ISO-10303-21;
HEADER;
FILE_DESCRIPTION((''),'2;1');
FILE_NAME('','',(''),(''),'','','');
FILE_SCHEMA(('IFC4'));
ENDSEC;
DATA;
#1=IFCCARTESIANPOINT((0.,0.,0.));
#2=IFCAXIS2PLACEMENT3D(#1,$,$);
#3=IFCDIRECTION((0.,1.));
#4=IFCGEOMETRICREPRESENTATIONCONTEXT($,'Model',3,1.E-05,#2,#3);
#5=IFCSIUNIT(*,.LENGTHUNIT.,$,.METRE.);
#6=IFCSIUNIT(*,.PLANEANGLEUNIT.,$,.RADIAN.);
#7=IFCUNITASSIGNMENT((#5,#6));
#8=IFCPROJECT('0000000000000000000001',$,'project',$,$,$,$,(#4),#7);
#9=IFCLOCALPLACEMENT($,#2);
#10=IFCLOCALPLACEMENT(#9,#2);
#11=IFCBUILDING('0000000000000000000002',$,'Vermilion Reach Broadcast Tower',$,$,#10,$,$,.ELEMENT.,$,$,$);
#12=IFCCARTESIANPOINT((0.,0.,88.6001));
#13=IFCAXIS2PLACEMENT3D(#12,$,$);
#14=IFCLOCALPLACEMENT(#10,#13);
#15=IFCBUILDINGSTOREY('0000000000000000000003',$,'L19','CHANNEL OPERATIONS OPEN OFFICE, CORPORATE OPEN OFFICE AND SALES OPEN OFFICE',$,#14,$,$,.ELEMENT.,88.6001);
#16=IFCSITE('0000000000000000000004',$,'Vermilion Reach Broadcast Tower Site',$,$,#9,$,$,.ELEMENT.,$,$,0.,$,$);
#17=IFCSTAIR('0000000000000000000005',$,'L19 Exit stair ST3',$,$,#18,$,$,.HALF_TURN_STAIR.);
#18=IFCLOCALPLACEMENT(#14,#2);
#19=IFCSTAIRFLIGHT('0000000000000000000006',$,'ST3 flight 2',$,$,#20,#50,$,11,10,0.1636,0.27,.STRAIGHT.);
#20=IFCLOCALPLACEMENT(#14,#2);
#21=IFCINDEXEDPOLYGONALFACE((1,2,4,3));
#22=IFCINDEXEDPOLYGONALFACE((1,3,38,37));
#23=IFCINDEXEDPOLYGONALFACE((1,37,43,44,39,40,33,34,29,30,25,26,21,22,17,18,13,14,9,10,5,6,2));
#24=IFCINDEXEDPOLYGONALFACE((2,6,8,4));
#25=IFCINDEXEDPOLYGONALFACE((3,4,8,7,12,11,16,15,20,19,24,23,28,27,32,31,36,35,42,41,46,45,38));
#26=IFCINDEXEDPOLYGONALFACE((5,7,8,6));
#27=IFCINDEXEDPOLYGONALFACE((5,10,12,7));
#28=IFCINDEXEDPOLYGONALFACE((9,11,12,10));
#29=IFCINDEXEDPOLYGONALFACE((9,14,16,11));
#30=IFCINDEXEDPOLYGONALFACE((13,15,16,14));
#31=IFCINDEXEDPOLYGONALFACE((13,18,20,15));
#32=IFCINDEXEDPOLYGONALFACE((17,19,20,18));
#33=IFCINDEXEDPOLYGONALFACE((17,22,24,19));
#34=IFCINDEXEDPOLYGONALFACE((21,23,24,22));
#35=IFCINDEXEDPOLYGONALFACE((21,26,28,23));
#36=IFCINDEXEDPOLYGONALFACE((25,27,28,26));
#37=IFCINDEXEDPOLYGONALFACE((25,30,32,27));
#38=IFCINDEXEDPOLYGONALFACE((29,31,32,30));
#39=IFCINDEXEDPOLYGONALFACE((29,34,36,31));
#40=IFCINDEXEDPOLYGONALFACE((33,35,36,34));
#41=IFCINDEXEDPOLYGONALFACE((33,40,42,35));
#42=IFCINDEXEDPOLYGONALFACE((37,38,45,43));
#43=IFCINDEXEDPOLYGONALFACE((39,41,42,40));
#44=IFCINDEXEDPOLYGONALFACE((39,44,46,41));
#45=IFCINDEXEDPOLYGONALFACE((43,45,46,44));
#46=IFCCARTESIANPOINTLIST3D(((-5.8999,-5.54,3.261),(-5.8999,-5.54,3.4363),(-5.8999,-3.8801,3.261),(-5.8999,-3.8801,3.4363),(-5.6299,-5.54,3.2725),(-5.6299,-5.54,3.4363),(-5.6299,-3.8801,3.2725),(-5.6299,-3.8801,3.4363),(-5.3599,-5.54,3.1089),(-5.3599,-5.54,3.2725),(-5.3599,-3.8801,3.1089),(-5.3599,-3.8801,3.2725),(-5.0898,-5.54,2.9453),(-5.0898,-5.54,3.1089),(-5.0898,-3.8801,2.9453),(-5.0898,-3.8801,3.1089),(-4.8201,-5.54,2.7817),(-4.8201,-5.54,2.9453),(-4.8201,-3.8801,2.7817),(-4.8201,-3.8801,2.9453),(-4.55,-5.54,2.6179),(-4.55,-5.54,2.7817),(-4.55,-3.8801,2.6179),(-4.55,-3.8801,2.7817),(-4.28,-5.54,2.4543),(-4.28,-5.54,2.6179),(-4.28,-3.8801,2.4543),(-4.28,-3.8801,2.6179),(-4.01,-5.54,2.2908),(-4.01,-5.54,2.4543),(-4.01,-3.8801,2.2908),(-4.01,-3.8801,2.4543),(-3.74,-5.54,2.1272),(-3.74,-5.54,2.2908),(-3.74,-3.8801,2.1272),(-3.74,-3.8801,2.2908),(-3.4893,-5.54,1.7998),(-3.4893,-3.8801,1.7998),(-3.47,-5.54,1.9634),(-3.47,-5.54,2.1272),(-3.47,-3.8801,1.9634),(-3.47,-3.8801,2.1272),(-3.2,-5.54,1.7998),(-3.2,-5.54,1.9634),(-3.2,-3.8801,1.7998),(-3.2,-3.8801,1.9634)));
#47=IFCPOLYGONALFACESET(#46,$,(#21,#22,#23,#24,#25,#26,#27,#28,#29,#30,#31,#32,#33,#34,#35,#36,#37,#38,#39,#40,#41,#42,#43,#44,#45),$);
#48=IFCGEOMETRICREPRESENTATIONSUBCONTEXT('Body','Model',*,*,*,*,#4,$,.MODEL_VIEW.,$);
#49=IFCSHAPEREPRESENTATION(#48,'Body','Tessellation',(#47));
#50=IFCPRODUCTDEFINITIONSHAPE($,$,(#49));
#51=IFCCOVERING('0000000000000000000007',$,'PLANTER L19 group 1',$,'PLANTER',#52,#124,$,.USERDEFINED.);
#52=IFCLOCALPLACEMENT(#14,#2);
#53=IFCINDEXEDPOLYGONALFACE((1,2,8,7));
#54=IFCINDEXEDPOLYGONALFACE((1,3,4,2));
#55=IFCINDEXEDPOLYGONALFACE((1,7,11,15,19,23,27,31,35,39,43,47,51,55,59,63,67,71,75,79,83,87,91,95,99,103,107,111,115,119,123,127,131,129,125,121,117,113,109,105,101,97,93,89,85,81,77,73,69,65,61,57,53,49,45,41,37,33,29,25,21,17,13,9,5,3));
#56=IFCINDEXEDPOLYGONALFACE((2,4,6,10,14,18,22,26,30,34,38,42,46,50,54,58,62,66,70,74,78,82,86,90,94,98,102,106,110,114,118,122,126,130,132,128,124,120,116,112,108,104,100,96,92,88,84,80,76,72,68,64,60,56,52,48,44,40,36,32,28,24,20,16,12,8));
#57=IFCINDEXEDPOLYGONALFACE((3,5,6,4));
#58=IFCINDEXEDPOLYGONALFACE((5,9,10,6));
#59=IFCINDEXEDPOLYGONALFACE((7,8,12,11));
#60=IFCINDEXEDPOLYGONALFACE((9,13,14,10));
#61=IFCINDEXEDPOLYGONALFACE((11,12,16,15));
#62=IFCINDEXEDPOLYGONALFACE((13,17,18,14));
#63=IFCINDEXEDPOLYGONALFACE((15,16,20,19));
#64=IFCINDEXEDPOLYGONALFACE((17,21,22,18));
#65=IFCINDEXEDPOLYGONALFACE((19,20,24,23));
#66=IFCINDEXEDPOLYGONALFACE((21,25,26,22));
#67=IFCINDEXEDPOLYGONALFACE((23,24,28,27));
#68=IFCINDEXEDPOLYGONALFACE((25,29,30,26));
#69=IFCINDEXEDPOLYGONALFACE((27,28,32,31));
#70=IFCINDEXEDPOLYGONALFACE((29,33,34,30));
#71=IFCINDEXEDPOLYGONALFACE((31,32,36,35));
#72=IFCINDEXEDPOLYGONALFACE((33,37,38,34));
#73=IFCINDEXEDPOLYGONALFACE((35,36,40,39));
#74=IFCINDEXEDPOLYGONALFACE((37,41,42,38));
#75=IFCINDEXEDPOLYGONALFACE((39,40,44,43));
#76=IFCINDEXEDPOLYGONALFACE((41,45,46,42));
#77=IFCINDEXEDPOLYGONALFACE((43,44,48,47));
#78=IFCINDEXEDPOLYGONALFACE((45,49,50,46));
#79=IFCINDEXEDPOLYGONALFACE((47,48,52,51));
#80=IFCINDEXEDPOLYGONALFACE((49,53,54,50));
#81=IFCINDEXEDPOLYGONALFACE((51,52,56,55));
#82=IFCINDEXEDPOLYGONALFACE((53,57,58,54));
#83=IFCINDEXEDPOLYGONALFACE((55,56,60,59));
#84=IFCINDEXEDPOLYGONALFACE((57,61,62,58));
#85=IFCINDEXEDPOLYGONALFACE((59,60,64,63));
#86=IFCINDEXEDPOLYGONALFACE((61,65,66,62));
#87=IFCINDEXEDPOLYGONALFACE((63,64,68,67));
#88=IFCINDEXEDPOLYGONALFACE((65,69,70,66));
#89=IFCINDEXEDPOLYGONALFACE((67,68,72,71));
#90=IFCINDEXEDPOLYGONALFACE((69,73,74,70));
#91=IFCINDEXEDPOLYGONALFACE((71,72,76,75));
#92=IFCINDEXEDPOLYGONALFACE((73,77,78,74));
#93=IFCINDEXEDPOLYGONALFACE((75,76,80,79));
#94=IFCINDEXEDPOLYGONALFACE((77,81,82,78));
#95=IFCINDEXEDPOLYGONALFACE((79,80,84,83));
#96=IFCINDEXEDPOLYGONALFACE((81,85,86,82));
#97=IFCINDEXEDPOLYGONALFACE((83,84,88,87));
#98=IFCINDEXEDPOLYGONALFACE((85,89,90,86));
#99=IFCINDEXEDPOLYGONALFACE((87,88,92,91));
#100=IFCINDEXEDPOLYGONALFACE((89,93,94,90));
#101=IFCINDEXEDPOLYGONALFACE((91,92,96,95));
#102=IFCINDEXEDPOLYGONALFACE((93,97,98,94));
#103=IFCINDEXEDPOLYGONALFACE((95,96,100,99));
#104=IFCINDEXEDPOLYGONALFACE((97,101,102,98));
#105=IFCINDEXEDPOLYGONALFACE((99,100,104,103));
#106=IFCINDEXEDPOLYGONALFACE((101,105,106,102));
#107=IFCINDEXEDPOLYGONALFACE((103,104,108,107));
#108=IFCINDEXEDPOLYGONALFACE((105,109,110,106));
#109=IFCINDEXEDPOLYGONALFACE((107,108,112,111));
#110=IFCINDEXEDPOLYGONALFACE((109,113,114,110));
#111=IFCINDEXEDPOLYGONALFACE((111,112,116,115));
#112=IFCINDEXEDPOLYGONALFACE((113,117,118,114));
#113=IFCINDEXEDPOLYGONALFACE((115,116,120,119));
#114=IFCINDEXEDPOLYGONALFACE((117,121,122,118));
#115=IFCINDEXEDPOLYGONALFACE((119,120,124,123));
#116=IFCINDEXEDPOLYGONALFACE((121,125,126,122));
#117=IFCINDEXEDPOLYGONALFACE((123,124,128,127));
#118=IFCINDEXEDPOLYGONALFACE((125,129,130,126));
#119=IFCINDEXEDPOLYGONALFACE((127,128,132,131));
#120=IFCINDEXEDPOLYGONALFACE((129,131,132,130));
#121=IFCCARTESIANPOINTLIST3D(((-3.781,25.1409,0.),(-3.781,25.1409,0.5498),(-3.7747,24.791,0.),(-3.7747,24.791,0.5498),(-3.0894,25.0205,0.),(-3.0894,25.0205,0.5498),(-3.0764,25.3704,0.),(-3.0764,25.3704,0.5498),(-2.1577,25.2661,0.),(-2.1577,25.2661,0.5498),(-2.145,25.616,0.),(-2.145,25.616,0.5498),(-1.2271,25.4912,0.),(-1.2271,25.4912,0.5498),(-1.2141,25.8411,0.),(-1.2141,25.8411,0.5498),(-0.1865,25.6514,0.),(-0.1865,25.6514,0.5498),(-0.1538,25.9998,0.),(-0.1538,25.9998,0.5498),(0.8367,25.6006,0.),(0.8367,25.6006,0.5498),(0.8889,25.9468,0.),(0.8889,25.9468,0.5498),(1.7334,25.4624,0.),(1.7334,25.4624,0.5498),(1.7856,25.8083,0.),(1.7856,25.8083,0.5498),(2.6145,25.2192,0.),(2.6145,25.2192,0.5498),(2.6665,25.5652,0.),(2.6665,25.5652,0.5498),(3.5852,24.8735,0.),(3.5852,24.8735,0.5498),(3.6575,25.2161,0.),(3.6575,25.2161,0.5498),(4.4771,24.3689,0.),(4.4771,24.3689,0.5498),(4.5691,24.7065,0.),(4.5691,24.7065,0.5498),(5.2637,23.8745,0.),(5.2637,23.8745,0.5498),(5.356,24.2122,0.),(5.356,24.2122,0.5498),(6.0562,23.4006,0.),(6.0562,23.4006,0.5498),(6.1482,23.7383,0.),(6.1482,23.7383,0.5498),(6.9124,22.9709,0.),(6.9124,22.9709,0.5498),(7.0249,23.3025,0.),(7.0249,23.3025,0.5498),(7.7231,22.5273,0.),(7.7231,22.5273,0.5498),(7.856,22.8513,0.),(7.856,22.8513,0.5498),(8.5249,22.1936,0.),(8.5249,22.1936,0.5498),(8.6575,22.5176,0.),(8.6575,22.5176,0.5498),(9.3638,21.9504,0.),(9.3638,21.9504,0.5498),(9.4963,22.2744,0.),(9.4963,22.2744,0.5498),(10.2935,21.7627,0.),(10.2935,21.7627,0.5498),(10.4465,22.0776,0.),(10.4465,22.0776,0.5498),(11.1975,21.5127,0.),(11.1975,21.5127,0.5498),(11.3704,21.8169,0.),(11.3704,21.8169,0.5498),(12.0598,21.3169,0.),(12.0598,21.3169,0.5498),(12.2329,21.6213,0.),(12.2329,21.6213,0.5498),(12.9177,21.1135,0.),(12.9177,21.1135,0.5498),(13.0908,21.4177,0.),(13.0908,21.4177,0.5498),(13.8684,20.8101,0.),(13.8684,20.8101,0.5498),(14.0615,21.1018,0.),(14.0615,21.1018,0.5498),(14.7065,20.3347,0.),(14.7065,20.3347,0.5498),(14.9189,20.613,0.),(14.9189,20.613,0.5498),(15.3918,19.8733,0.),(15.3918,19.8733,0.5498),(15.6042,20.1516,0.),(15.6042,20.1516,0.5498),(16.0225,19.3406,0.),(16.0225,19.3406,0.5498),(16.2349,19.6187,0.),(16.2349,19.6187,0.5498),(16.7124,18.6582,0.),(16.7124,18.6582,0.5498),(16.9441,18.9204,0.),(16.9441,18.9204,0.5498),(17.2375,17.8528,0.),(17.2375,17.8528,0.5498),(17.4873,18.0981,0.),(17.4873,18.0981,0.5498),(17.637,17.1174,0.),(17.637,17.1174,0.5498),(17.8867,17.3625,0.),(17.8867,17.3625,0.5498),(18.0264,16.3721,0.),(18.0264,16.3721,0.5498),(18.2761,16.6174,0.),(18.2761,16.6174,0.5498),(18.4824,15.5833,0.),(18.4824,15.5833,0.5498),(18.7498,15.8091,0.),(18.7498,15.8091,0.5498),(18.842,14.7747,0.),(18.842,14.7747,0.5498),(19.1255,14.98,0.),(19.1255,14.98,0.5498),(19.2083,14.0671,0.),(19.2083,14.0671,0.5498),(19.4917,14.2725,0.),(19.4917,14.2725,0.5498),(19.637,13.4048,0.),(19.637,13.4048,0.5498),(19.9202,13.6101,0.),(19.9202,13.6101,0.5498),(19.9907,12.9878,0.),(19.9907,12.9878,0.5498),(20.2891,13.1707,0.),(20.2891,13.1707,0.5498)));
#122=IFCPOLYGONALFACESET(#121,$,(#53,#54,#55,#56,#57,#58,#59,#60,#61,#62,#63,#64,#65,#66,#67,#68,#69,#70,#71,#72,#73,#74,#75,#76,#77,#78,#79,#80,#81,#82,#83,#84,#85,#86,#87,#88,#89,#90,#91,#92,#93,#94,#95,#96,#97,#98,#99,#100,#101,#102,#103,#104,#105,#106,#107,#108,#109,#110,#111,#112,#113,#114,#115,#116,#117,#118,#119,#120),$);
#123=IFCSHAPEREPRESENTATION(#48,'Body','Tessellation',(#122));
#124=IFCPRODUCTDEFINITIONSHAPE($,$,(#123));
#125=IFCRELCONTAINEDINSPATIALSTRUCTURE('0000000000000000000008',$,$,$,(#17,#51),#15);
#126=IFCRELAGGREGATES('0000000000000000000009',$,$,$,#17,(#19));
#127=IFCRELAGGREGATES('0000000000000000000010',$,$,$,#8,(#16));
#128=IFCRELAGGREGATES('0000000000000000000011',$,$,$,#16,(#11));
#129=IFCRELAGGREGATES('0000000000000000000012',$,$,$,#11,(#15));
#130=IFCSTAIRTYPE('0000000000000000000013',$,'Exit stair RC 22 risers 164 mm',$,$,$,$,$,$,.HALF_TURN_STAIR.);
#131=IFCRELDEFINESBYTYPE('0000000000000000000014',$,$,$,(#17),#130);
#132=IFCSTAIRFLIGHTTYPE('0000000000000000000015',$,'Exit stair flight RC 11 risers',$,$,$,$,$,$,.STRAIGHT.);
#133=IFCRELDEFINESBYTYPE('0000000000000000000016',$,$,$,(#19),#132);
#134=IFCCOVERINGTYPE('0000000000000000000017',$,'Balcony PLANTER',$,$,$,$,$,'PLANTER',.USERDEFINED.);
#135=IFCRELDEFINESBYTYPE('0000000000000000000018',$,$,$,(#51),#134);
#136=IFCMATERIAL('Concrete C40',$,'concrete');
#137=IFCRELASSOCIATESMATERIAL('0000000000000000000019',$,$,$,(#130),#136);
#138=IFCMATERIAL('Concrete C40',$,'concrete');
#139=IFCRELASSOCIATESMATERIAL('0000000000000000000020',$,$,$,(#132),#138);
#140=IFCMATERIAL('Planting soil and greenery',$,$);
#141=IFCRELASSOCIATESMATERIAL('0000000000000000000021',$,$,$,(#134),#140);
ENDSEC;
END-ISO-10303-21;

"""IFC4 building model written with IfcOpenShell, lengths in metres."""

from ifc_helpers import new_model, si_unit, direction, frame, origin, place, context, subcontext, project, spatial, polyline, outline, extrude, material, type_object, element, aggregate, save


model = new_model("IFC4")

# Units and contexts
model_context = context("Model", 3, precision=1e-05, world=origin(), true_north=direction((0.0, 1.0)))
body_context = subcontext(model_context, "Body", "Model", "MODEL_VIEW")
ifc_project = project(units=[si_unit("LENGTHUNIT", "METRE"), si_unit("PLANEANGLEUNIT", "RADIAN")], contexts=[model_context])

# Site, building, storey
site_placement = place(None, origin())
site = spatial("IfcSite", under=ifc_project, at=site_placement, Name="Vermilion Reach Broadcast Tower Site", CompositionType="ELEMENT", RefElevation=0.0)
building_placement = place(site_placement, origin())
building = spatial("IfcBuilding", under=site, at=building_placement, Name="Vermilion Reach Broadcast Tower", CompositionType="ELEMENT")
storey_placement = place(building_placement, frame((0.0, 0.0, 88.6001)))
storey = spatial("IfcBuildingStorey", under=building, at=storey_placement, Name="L19", Description="CHANNEL OPERATIONS OPEN OFFICE, CORPORATE OPEN OFFICE AND SALES OPEN OFFICE", CompositionType="ELEMENT", Elevation=88.6001)

# Stair, stair flight
ifc_material_1 = material(Name="Concrete C40", Category="concrete")
stair_type = type_object("IfcStairType", Name="Exit stair RC 22 risers 164 mm", PredefinedType="HALF_TURN_STAIR", material=ifc_material_1)
placement_1 = place(storey_placement, origin())
stair = element("IfcStair", 1, at=placement_1, inside=storey, type_object=stair_type, Name="L19 Exit stair ST3", PredefinedType="HALF_TURN_STAIR")
ifc_material_2 = material(Name="Concrete C40", Category="concrete")
stair_flight_type = type_object("IfcStairFlightType", Name="Exit stair flight RC 11 risers", PredefinedType="STRAIGHT", material=ifc_material_2)
stair_flight_placement = place(storey_placement, frame((-3.2, -4.71, 1.7998), z_axis=(0.0, 0.0, 1.0), x_axis=(-1.0, 0.0, 0.0)))
stair_flight = element("IfcStairFlight", 2, at=stair_flight_placement, type_object=stair_flight_type, Name="ST3 flight 2", NumberOfRisers=11, NumberOfTreads=10, PredefinedType="STRAIGHT", RiserHeight=0.1636, TreadLength=0.27, context=body_context, shape_type="SweptSolid", body=[
    extrude(outline(polyline([(0.0, 0.0), (0.0, 0.1636), (0.27, 0.1636), (0.27, 0.3274), (0.54, 0.3274), (0.54, 0.491), (0.8101, 0.491), (0.8101, 0.6545), (1.0801, 0.6545), (1.0801, 0.8181), (1.3501, 0.8181), (1.3501, 0.9819), (1.6201, 0.9819), (1.6201, 1.1455), (1.8899, 1.1455), (1.8899, 1.3091), (2.1599, 1.3091), (2.1599, 1.4727), (2.4299, 1.4727), (2.4299, 1.6365), (2.7, 1.6365), (2.7, 1.8), (2.7, 1.4612), (0.2893, 0.0), (0.0, 0.0)])), frame((0.0, 0.8301, 0.0), z_axis=(0.0, -1.0, 0.0), x_axis=(1.0, 0.0, 0.0)), (0.0, 0.0, 1.0), 1.6599),
])
aggregate(stair, [stair_flight])

# Covering
ifc_material_3 = material(Name="Planting soil and greenery")
covering_type = type_object("IfcCoveringType", Name="Balcony PLANTER", ElementType="PLANTER", PredefinedType="USERDEFINED", material=ifc_material_3)
element("IfcCovering", 3, at=placement_1, inside=storey, type_object=covering_type, Name="PLANTER L19 group 1", ObjectType="PLANTER", PredefinedType="USERDEFINED", context=body_context, shape_type="SweptSolid", body=[
    extrude(outline(polyline([(20.2891, 13.1707), (19.9202, 13.6101), (19.4917, 14.2725), (19.1255, 14.98), (18.7498, 15.8091), (18.2761, 16.6174), (17.8867, 17.3625), (17.4873, 18.0981), (16.9441, 18.9204), (16.2349, 19.6187), (15.6042, 20.1516), (14.9189, 20.613), (14.0615, 21.1018), (13.0908, 21.4177), (12.2329, 21.6213), (11.3704, 21.8169), (10.4465, 22.0776), (9.4963, 22.2744), (8.6575, 22.5176), (7.856, 22.8513), (7.0249, 23.3025), (6.1482, 23.7383), (5.356, 24.2122), (4.5691, 24.7065), (3.6575, 25.2161), (2.6665, 25.5652), (1.7856, 25.8083), (0.8889, 25.9468), (-0.1538, 25.9998), (-1.2141, 25.8411), (-2.145, 25.616), (-3.0764, 25.3704), (-3.781, 25.1409), (-3.7747, 24.791), (-3.0894, 25.0205), (-2.1577, 25.2661), (-1.2271, 25.4912), (-0.1865, 25.6514), (0.8367, 25.6006), (1.7334, 25.4624), (2.6145, 25.2192), (3.5852, 24.8735), (4.4771, 24.3689), (5.2637, 23.8745), (6.0562, 23.4006), (6.9124, 22.9709), (7.7231, 22.5273), (8.5249, 22.1936), (9.3638, 21.9504), (10.2935, 21.7627), (11.1975, 21.5127), (12.0598, 21.3169), (12.9177, 21.1135), (13.8684, 20.8101), (14.7065, 20.3347), (15.3918, 19.8733), (16.0225, 19.3406), (16.7124, 18.6582), (17.2375, 17.8528), (17.637, 17.1174), (18.0264, 16.3721), (18.4824, 15.5833), (18.842, 14.7747), (19.2083, 14.0671), (19.637, 13.4048), (19.9907, 12.9878), (20.2891, 13.1707)])), origin(), (0.0, 0.0, 1.0), 0.5498),
])

save(model, "model.ifc")
